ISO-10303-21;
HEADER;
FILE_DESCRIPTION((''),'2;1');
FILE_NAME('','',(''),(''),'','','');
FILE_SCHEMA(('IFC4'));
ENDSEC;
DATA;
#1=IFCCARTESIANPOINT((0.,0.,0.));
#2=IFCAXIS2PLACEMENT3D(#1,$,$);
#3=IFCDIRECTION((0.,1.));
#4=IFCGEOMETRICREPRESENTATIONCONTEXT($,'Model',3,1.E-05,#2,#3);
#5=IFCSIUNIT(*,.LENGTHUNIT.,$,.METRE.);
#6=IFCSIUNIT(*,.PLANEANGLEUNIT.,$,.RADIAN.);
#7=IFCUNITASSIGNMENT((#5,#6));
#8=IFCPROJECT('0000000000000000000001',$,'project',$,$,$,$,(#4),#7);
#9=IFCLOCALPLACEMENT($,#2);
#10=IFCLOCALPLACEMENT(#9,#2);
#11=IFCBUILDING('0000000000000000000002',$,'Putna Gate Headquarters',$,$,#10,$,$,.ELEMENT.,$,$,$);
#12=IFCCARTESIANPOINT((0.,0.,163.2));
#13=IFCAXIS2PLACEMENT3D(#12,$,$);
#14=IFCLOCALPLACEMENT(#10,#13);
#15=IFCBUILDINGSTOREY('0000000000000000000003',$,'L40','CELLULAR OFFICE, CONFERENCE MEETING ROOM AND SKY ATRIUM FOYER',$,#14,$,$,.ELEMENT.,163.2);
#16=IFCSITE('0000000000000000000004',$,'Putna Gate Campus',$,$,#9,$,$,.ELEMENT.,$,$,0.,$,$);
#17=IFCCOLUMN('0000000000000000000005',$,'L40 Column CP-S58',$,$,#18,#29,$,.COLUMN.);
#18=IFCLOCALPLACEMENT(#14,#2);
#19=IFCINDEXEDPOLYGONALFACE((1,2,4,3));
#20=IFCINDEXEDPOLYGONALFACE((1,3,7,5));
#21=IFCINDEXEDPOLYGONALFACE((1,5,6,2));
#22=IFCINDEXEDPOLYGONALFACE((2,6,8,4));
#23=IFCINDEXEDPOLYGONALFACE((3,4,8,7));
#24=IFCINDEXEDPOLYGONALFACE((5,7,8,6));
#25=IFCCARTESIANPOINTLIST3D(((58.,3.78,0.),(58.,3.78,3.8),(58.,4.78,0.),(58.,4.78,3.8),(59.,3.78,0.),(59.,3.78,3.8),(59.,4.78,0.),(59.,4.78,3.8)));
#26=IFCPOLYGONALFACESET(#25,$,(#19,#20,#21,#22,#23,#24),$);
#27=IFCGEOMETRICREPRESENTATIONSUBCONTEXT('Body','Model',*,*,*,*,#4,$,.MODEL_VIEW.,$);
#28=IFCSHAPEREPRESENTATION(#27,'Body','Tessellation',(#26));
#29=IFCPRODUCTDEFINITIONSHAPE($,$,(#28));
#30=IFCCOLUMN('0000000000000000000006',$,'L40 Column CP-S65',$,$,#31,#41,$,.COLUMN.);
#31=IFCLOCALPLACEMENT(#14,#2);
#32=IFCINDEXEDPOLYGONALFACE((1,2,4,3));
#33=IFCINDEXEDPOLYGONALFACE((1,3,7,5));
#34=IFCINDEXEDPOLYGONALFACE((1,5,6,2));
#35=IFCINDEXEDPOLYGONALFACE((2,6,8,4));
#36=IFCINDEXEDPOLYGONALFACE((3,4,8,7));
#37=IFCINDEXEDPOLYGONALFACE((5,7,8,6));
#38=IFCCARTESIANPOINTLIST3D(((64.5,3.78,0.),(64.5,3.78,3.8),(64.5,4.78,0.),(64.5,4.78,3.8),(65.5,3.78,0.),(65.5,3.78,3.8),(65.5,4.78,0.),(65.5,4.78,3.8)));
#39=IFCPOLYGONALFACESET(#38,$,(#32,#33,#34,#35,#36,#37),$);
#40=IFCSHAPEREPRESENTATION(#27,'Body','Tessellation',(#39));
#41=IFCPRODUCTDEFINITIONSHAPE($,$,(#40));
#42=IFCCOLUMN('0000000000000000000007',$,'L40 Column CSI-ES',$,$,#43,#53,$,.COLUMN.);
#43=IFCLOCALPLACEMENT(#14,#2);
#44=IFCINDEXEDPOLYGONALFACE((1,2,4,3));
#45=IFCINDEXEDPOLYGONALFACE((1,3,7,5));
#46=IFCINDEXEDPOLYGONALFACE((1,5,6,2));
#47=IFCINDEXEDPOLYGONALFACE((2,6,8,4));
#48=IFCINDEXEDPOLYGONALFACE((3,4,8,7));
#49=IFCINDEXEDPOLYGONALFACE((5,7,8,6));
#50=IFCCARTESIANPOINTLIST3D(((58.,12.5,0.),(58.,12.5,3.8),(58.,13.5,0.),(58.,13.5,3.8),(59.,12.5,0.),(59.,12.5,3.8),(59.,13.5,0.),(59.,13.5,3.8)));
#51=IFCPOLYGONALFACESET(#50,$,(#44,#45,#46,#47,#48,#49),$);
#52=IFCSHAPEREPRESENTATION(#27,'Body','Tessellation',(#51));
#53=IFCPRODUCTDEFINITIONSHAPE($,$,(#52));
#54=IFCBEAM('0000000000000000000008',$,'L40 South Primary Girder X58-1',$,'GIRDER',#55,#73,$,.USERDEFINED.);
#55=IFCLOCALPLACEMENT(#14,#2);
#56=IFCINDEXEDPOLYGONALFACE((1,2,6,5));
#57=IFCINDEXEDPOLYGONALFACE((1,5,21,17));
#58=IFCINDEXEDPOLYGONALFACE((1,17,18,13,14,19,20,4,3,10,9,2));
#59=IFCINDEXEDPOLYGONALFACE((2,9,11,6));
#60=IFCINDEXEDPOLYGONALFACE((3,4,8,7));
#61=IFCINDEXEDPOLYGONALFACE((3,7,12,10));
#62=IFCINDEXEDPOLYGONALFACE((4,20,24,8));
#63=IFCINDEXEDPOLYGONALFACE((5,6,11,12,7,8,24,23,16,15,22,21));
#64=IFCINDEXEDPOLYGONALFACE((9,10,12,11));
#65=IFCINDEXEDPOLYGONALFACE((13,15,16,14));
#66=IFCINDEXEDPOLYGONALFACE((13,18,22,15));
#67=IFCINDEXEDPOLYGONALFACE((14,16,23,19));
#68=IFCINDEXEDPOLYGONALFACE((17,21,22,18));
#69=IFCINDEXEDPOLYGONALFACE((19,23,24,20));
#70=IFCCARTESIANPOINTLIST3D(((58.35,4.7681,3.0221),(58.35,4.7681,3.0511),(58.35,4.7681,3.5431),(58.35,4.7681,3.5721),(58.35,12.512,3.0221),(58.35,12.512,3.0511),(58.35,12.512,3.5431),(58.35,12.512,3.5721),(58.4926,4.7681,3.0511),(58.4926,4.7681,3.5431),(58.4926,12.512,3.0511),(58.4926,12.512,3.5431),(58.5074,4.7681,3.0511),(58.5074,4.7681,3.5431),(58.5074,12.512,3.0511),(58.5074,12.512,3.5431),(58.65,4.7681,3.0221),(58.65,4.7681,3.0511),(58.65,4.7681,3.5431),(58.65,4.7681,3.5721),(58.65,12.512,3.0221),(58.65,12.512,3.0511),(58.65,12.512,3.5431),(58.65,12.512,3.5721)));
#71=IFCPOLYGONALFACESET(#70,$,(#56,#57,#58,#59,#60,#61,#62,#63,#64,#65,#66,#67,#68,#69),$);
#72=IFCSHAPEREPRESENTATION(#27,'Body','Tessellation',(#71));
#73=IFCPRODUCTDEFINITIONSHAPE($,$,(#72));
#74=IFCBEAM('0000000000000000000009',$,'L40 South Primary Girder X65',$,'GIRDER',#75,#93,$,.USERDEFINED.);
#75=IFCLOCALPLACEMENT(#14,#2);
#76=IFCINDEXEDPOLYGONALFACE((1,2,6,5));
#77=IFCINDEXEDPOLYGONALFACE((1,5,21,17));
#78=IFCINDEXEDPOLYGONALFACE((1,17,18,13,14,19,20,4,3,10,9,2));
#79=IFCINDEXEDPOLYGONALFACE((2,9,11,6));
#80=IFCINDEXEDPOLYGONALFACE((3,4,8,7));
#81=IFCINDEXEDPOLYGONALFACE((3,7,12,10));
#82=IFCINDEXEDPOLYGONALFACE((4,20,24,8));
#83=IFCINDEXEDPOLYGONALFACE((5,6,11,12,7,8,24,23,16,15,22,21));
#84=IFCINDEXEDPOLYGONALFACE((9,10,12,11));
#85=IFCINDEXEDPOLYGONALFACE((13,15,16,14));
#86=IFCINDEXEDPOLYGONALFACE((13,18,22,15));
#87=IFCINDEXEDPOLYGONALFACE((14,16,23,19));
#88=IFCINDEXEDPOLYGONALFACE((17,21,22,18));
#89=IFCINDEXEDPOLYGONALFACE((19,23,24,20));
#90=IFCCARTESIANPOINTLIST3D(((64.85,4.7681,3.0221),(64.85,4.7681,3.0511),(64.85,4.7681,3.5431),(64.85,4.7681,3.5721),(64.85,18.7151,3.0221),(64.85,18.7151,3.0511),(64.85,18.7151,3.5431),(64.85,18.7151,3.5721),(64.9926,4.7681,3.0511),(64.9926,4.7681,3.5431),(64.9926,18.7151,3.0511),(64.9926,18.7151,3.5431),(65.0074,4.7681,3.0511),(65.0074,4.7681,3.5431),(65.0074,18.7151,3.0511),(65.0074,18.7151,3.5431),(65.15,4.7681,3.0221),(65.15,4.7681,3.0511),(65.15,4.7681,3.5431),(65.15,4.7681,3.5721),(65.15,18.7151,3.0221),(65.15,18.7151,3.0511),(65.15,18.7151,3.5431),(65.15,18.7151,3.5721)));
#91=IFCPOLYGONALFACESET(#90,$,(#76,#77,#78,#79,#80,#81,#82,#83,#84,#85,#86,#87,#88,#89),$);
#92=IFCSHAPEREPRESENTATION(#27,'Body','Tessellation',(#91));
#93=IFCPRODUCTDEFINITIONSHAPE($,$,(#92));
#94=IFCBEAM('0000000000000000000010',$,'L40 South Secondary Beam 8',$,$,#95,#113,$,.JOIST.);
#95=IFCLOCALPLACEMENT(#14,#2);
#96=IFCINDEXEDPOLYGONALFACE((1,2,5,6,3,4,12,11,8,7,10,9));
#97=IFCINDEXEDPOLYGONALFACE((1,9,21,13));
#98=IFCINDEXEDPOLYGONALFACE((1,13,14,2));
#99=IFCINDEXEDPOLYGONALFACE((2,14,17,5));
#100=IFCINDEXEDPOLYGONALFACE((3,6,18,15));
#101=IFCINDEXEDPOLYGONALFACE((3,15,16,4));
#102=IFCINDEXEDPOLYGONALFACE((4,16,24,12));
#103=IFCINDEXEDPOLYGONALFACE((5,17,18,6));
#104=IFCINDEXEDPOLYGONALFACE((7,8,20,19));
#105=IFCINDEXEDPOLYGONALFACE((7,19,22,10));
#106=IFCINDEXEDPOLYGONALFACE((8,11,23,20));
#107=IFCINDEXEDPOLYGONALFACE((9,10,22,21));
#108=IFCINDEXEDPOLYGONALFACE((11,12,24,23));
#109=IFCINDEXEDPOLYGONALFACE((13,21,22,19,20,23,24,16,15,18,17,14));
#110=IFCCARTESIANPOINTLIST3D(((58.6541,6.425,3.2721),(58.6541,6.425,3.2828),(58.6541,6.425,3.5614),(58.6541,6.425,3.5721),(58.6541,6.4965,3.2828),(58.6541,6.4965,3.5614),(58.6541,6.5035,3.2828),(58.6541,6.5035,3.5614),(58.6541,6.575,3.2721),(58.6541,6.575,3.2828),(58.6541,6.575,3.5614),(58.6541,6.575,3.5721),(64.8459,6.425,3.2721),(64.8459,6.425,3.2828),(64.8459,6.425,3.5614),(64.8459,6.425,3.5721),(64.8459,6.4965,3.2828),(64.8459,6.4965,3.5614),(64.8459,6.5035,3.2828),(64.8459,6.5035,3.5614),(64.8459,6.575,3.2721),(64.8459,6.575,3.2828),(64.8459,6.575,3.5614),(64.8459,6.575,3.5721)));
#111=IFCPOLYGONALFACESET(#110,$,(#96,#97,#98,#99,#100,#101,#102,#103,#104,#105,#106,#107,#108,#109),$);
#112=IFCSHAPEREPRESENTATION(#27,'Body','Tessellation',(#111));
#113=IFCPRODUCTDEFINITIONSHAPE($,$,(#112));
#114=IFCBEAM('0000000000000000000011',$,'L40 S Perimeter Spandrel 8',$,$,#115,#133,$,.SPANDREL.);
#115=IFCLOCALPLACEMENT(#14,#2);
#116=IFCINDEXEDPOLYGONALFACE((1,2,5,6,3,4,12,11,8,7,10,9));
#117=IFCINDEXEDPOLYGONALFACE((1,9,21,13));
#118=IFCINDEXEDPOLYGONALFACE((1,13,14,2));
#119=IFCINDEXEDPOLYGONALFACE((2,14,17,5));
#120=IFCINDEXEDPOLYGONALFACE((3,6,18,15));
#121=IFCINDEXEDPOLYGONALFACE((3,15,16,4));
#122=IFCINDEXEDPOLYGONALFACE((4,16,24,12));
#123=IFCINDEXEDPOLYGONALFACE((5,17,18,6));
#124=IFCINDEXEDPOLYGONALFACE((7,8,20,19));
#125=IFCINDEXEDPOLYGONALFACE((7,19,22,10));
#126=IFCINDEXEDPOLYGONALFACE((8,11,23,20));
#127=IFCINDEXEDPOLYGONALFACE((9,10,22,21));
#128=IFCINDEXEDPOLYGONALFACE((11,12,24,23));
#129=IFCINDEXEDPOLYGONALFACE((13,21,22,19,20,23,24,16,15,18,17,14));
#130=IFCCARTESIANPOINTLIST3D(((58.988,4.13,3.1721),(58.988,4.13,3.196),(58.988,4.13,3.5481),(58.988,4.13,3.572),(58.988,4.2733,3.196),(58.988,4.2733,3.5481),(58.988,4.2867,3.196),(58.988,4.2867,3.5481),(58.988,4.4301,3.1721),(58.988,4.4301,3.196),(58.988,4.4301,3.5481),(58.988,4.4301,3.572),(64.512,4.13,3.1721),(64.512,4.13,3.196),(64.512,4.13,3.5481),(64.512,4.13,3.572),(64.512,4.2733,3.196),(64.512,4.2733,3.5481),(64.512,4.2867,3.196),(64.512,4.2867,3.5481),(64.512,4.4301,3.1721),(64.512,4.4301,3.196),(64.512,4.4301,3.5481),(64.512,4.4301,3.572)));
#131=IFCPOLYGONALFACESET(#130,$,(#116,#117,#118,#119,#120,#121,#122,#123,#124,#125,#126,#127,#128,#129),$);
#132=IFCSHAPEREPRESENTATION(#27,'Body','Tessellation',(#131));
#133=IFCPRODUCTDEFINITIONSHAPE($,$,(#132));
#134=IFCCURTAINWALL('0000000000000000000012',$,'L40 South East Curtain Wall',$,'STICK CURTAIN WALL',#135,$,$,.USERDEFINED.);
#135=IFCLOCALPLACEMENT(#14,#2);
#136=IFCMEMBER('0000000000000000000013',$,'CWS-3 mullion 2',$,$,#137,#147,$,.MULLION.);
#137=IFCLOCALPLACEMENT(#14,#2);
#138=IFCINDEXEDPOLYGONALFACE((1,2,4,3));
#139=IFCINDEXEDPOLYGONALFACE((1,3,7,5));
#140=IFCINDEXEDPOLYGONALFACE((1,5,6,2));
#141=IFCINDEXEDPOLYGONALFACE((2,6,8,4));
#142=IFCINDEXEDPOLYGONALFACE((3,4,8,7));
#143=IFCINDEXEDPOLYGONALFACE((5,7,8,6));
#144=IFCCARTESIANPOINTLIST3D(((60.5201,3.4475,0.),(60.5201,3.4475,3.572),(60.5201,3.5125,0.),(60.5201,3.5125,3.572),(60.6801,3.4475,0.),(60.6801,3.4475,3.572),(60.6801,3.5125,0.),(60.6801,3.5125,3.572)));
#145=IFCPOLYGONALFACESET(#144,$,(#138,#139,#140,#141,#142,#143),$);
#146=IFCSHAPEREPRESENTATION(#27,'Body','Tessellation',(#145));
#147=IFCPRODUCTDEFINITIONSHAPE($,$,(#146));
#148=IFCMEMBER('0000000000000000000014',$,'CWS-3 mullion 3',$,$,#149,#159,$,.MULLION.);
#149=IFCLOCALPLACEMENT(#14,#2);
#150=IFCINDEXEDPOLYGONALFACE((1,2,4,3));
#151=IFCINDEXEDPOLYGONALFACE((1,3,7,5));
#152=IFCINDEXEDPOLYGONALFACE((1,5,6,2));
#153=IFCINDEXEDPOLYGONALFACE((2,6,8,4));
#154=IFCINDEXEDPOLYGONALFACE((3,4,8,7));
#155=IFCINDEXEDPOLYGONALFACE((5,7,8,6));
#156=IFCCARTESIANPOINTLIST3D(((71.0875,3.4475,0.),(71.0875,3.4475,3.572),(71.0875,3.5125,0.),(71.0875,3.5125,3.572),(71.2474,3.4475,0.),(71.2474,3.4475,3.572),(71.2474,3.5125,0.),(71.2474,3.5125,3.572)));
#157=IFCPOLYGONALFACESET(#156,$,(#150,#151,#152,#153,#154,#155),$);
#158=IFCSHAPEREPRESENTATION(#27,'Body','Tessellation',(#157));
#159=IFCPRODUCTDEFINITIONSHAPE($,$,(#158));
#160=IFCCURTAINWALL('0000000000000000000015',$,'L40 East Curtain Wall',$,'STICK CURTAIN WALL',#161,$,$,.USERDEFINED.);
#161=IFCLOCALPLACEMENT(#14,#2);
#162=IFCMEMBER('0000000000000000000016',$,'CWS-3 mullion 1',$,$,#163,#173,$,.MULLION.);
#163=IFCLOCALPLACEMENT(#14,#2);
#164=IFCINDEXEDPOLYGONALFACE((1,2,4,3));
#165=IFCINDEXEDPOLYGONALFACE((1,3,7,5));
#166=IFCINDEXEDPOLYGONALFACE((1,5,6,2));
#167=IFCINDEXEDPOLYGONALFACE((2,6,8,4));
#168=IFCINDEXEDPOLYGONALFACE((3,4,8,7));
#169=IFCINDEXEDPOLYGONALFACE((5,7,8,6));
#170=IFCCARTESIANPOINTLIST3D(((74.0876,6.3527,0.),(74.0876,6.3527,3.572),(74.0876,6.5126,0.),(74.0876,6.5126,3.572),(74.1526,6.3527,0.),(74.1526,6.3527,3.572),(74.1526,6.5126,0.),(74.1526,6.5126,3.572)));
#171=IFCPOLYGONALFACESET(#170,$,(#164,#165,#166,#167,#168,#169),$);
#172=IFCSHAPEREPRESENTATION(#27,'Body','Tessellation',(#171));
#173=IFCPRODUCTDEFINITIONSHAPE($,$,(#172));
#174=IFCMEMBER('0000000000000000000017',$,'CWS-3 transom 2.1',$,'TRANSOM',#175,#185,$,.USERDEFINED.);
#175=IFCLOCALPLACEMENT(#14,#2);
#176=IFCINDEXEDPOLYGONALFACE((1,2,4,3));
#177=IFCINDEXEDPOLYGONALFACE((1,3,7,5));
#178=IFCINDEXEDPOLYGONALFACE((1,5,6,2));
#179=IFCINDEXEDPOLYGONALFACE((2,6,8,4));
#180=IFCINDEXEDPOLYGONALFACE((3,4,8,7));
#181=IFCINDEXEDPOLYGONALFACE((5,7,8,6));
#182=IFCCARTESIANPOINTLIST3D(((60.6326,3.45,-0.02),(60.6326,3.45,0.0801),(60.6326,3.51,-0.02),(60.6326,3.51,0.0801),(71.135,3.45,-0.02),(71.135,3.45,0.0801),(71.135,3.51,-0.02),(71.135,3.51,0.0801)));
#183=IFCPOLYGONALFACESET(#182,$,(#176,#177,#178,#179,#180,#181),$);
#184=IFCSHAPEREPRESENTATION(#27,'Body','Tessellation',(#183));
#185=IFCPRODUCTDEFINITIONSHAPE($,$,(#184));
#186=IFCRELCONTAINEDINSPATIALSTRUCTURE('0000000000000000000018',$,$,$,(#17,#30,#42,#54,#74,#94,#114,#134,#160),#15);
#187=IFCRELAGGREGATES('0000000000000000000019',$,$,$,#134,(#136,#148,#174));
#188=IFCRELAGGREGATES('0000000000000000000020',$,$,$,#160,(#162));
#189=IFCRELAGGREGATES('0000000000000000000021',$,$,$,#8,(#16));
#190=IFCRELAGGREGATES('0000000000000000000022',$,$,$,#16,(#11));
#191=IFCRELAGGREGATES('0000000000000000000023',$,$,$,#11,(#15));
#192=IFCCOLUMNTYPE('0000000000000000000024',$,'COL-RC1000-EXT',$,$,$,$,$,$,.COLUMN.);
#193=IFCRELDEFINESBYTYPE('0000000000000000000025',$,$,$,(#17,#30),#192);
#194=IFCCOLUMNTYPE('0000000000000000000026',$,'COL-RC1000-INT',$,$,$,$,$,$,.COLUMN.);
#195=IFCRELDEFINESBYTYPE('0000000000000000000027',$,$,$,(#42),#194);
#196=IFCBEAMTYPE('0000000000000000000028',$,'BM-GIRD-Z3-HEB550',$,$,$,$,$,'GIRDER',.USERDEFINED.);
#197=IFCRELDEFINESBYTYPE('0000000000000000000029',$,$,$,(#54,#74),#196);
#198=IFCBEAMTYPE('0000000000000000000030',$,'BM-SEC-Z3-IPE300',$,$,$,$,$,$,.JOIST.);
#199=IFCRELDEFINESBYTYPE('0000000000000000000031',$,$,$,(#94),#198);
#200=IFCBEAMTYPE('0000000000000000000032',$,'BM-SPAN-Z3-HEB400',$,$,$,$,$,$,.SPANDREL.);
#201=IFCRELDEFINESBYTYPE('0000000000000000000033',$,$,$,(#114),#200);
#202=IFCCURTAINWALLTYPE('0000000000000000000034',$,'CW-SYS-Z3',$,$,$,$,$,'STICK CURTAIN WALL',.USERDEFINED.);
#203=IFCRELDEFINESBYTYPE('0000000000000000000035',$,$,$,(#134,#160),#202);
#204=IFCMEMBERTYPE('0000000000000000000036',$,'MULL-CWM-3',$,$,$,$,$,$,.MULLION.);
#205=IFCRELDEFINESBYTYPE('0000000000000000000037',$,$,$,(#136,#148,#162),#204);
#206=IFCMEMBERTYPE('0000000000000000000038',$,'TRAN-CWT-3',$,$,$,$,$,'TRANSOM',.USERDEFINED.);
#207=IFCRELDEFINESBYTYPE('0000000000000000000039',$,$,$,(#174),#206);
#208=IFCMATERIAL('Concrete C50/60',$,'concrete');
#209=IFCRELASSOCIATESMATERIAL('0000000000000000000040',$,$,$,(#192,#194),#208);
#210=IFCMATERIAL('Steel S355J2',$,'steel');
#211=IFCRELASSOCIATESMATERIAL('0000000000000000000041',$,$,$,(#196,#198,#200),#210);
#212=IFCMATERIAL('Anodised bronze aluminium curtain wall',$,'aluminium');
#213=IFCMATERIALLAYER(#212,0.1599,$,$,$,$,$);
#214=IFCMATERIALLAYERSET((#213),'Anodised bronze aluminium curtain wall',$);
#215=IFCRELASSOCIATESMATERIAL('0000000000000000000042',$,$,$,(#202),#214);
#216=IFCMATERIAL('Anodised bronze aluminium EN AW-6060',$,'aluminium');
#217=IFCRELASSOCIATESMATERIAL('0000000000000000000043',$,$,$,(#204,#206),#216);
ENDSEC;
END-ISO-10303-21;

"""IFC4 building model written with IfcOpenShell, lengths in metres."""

from ifc_helpers import new_model, si_unit, direction, frame, origin, origin_2d, place, context, subcontext, project, spatial, rectangle, i_section, extrude, material, layer, layer_set, material_profile, profile_set, type_object, element, aggregate, save


model = new_model("IFC4")

# Units and contexts
model_context = context("Model", 3, precision=1e-05, world=origin(), true_north=direction((0.0, 1.0)))
body_context = subcontext(model_context, "Body", "Model", "MODEL_VIEW")
ifc_project = project(units=[si_unit("LENGTHUNIT", "METRE"), si_unit("PLANEANGLEUNIT", "RADIAN")], contexts=[model_context])

# Site, building, storey
site_placement = place(None, origin())
site = spatial("IfcSite", under=ifc_project, at=site_placement, Name="Putna Gate Campus", CompositionType="ELEMENT", RefElevation=0.0)
building_placement = place(site_placement, origin())
building = spatial("IfcBuilding", under=site, at=building_placement, Name="Putna Gate Headquarters", CompositionType="ELEMENT")
storey_placement = place(building_placement, frame((0.0, 0.0, 163.2)))
storey = spatial("IfcBuildingStorey", under=building, at=storey_placement, Name="L40", Description="CELLULAR OFFICE, CONFERENCE MEETING ROOM AND SKY ATRIUM FOYER", CompositionType="ELEMENT", Elevation=163.2)

# Columns
ifc_material_1 = material(Name="Concrete C50/60", Category="concrete")
ifc_material_profile_1 = material_profile(ifc_material_1, rectangle(XDim=1.0, YDim=1.0, at=origin_2d()), Name="Concrete C50/60")
ifc_profile_set_1 = profile_set([ifc_material_profile_1], Name="Concrete C50/60")
column_type_1 = type_object("IfcColumnType", Name="COL-RC1000-EXT", PredefinedType="COLUMN", material=ifc_profile_set_1)
for number, where, z_axis, x_axis, name in (
    (1, (58.5, 4.28, 0.0), (0.0, 0.0, 1.0), (1.0, 0.0, 0.0), "L40 Column CP-S58"),
    (2, (65.0, 4.28, 0.0), (0.0, 0.0, 1.0), (1.0, 0.0, 0.0), "L40 Column CP-S65"),
):
    element("IfcColumn", number, at=place(storey_placement, frame(where, z_axis=z_axis, x_axis=x_axis)), inside=storey, type_object=column_type_1, Name=name, PredefinedType="COLUMN", context=body_context, shape_type="SweptSolid", body=[
        extrude(rectangle(XDim=1.0, YDim=1.0, at=origin_2d()), origin(), (0.0, 0.0, 1.0), 3.8),
    ])
ifc_material_profile_2 = material_profile(ifc_material_1, rectangle(XDim=1.0, YDim=1.0, at=origin_2d()), Name="Concrete C50/60")
ifc_profile_set_2 = profile_set([ifc_material_profile_2], Name="Concrete C50/60")
column_type_2 = type_object("IfcColumnType", Name="COL-RC1000-INT", PredefinedType="COLUMN", material=ifc_profile_set_2)
column_placement = place(storey_placement, frame((58.5, 13.0, 0.0), z_axis=(0.0, 0.0, 1.0), x_axis=(1.0, 0.0, 0.0)))
element("IfcColumn", 3, at=column_placement, inside=storey, type_object=column_type_2, Name="L40 Column CSI-ES", PredefinedType="COLUMN", context=body_context, shape_type="SweptSolid", body=[
    extrude(rectangle(XDim=1.0, YDim=1.0, at=origin_2d()), origin(), (0.0, 0.0, 1.0), 3.8),
])

# Beams
ifc_material_2 = material(Name="Steel S355J2", Category="steel")
ifc_material_profile_3 = material_profile(ifc_material_2, i_section(OverallWidth=0.3, OverallDepth=0.55, WebThickness=0.0149, FlangeThickness=0.0291, at=origin_2d()), Name="Steel S355J2")
ifc_profile_set_3 = profile_set([ifc_material_profile_3], Name="Steel S355J2")
beam_type_1 = type_object("IfcBeamType", Name="BM-GIRD-Z3-HEB550", ElementType="GIRDER", PredefinedType="USERDEFINED", material=ifc_profile_set_3)
beam_1_placement = place(storey_placement, frame((58.5, 4.7681, 3.2971), z_axis=(0.0, 1.0, 0.0), x_axis=(-1.0, 0.0, 0.0)))
element("IfcBeam", 4, at=beam_1_placement, inside=storey, type_object=beam_type_1, Name="L40 South Primary Girder X58-1", ObjectType="GIRDER", PredefinedType="USERDEFINED", context=body_context, shape_type="SweptSolid", body=[
    extrude(i_section(OverallWidth=0.3, OverallDepth=0.55, WebThickness=0.0149, FlangeThickness=0.0291, at=origin_2d()), origin(), (0.0, 0.0, 1.0), 7.7439),
])
beam_2_placement = place(storey_placement, frame((65.0, 4.7681, 3.2971), z_axis=(0.0, 1.0, 0.0), x_axis=(-1.0, 0.0, 0.0)))
element("IfcBeam", 5, at=beam_2_placement, inside=storey, type_object=beam_type_1, Name="L40 South Primary Girder X65", ObjectType="GIRDER", PredefinedType="USERDEFINED", context=body_context, shape_type="SweptSolid", body=[
    extrude(i_section(OverallWidth=0.3, OverallDepth=0.55, WebThickness=0.0149, FlangeThickness=0.0291, at=origin_2d()), origin(), (0.0, 0.0, 1.0), 13.947),
])
ifc_material_profile_4 = material_profile(ifc_material_2, i_section(OverallWidth=0.1499, OverallDepth=0.3, WebThickness=0.0071, FlangeThickness=0.0107, at=origin_2d()), Name="Steel S355J2")
ifc_profile_set_4 = profile_set([ifc_material_profile_4], Name="Steel S355J2")
beam_type_2 = type_object("IfcBeamType", Name="BM-SEC-Z3-IPE300", PredefinedType="JOIST", material=ifc_profile_set_4)
beam_3_placement = place(storey_placement, frame((58.6541, 6.5, 3.4221), z_axis=(1.0, 0.0, 0.0), x_axis=(0.0, 1.0, 0.0)))
element("IfcBeam", 6, at=beam_3_placement, inside=storey, type_object=beam_type_2, Name="L40 South Secondary Beam 8", PredefinedType="JOIST", context=body_context, shape_type="SweptSolid", body=[
    extrude(i_section(OverallWidth=0.1499, OverallDepth=0.3, WebThickness=0.0071, FlangeThickness=0.0107, at=origin_2d()), origin(), (0.0, 0.0, 1.0), 6.1919),
])
ifc_material_profile_5 = material_profile(ifc_material_2, i_section(OverallWidth=0.3, OverallDepth=0.3999, WebThickness=0.0134, FlangeThickness=0.0239, at=origin_2d()), Name="Steel S355J2")
ifc_profile_set_5 = profile_set([ifc_material_profile_5], Name="Steel S355J2")
beam_type_3 = type_object("IfcBeamType", Name="BM-SPAN-Z3-HEB400", PredefinedType="SPANDREL", material=ifc_profile_set_5)
beam_4_placement = place(storey_placement, frame((58.988, 4.28, 3.3721), z_axis=(1.0, 0.0, 0.0), x_axis=(0.0, 1.0, 0.0)))
element("IfcBeam", 7, at=beam_4_placement, inside=storey, type_object=beam_type_3, Name="L40 S Perimeter Spandrel 8", PredefinedType="SPANDREL", context=body_context, shape_type="SweptSolid", body=[
    extrude(i_section(OverallWidth=0.3, OverallDepth=0.3999, WebThickness=0.0134, FlangeThickness=0.0239, at=origin_2d()), origin(), (0.0, 0.0, 1.0), 5.5239),
])

# Curtain wall, members
ifc_material_3 = material(Name="Anodised bronze aluminium curtain wall", Category="aluminium")
ifc_layer_1 = layer(ifc_material_3, 0.1599)
ifc_layer_set_1 = layer_set([ifc_layer_1], Name="Anodised bronze aluminium curtain wall")
curtain_wall_type = type_object("IfcCurtainWallType", Name="CW-SYS-Z3", ElementType="STICK CURTAIN WALL", PredefinedType="USERDEFINED", material=ifc_layer_set_1)
curtain_wall_1_placement = place(storey_placement, origin())
curtain_wall_1 = element("IfcCurtainWall", 8, at=curtain_wall_1_placement, inside=storey, type_object=curtain_wall_type, Name="L40 South East Curtain Wall", ObjectType="STICK CURTAIN WALL", PredefinedType="USERDEFINED")
ifc_material_4 = material(Name="Anodised bronze aluminium EN AW-6060", Category="aluminium")
ifc_material_profile_6 = material_profile(ifc_material_4, rectangle(XDim=0.0649, YDim=0.1599, at=origin_2d()), Name="Anodised bronze aluminium EN AW-6060")
ifc_profile_set_6 = profile_set([ifc_material_profile_6], Name="Anodised bronze aluminium EN AW-6060")
member_type_1 = type_object("IfcMemberType", Name="MULL-CWM-3", PredefinedType="MULLION", material=ifc_profile_set_6)
member_1_placement = place(storey_placement, frame((60.6001, 3.48, 0.0), z_axis=(0.0, 0.0, 1.0), x_axis=(0.0, 1.0, 0.0)))
member_1 = element("IfcMember", 9, at=member_1_placement, type_object=member_type_1, Name="CWS-3 mullion 2", PredefinedType="MULLION", context=body_context, shape_type="SweptSolid", body=[
    extrude(rectangle(XDim=0.0649, YDim=0.1599, at=origin_2d()), origin(), (0.0, 0.0, 1.0), 3.572),
])
member_2_placement = place(storey_placement, frame((71.1675, 3.48, 0.0), z_axis=(0.0, 0.0, 1.0), x_axis=(0.0, 1.0, 0.0)))
member_2 = element("IfcMember", 10, at=member_2_placement, type_object=member_type_1, Name="CWS-3 mullion 3", PredefinedType="MULLION", context=body_context, shape_type="SweptSolid", body=[
    extrude(rectangle(XDim=0.0649, YDim=0.1599, at=origin_2d()), origin(), (0.0, 0.0, 1.0), 3.572),
])

# Curtain wall, member
curtain_wall_2_placement = place(storey_placement, origin())
curtain_wall_2 = element("IfcCurtainWall", 11, at=curtain_wall_2_placement, inside=storey, type_object=curtain_wall_type, Name="L40 East Curtain Wall", ObjectType="STICK CURTAIN WALL", PredefinedType="USERDEFINED")
member_3_placement = place(storey_placement, frame((74.1201, 6.4326, 0.0), z_axis=(0.0, 0.0, 1.0), x_axis=(-1.0, 0.0, 0.0)))
member_3 = element("IfcMember", 12, at=member_3_placement, type_object=member_type_1, Name="CWS-3 mullion 1", PredefinedType="MULLION", context=body_context, shape_type="SweptSolid", body=[
    extrude(rectangle(XDim=0.0649, YDim=0.1599, at=origin_2d()), origin(), (0.0, 0.0, 1.0), 3.572),
])

# Member
ifc_material_profile_7 = material_profile(ifc_material_4, rectangle(XDim=0.0601, YDim=0.1001, at=origin_2d()), Name="Anodised bronze aluminium EN AW-6060")
ifc_profile_set_7 = profile_set([ifc_material_profile_7], Name="Anodised bronze aluminium EN AW-6060")
member_type_2 = type_object("IfcMemberType", Name="TRAN-CWT-3", ElementType="TRANSOM", PredefinedType="USERDEFINED", material=ifc_profile_set_7)
member_4_placement = place(storey_placement, frame((60.6326, 3.48, 0.03), z_axis=(1.0, 0.0, 0.0), x_axis=(0.0, 1.0, 0.0)))
member_4 = element("IfcMember", 13, at=member_4_placement, type_object=member_type_2, Name="CWS-3 transom 2.1", ObjectType="TRANSOM", PredefinedType="USERDEFINED", context=body_context, shape_type="SweptSolid", body=[
    extrude(rectangle(XDim=0.0601, YDim=0.1001, at=origin_2d()), origin(), (0.0, 0.0, 1.0), 10.5024),
])

aggregate(curtain_wall_1, [member_1, member_2, member_4])
aggregate(curtain_wall_2, [member_3])

save(model, "model.ifc")
